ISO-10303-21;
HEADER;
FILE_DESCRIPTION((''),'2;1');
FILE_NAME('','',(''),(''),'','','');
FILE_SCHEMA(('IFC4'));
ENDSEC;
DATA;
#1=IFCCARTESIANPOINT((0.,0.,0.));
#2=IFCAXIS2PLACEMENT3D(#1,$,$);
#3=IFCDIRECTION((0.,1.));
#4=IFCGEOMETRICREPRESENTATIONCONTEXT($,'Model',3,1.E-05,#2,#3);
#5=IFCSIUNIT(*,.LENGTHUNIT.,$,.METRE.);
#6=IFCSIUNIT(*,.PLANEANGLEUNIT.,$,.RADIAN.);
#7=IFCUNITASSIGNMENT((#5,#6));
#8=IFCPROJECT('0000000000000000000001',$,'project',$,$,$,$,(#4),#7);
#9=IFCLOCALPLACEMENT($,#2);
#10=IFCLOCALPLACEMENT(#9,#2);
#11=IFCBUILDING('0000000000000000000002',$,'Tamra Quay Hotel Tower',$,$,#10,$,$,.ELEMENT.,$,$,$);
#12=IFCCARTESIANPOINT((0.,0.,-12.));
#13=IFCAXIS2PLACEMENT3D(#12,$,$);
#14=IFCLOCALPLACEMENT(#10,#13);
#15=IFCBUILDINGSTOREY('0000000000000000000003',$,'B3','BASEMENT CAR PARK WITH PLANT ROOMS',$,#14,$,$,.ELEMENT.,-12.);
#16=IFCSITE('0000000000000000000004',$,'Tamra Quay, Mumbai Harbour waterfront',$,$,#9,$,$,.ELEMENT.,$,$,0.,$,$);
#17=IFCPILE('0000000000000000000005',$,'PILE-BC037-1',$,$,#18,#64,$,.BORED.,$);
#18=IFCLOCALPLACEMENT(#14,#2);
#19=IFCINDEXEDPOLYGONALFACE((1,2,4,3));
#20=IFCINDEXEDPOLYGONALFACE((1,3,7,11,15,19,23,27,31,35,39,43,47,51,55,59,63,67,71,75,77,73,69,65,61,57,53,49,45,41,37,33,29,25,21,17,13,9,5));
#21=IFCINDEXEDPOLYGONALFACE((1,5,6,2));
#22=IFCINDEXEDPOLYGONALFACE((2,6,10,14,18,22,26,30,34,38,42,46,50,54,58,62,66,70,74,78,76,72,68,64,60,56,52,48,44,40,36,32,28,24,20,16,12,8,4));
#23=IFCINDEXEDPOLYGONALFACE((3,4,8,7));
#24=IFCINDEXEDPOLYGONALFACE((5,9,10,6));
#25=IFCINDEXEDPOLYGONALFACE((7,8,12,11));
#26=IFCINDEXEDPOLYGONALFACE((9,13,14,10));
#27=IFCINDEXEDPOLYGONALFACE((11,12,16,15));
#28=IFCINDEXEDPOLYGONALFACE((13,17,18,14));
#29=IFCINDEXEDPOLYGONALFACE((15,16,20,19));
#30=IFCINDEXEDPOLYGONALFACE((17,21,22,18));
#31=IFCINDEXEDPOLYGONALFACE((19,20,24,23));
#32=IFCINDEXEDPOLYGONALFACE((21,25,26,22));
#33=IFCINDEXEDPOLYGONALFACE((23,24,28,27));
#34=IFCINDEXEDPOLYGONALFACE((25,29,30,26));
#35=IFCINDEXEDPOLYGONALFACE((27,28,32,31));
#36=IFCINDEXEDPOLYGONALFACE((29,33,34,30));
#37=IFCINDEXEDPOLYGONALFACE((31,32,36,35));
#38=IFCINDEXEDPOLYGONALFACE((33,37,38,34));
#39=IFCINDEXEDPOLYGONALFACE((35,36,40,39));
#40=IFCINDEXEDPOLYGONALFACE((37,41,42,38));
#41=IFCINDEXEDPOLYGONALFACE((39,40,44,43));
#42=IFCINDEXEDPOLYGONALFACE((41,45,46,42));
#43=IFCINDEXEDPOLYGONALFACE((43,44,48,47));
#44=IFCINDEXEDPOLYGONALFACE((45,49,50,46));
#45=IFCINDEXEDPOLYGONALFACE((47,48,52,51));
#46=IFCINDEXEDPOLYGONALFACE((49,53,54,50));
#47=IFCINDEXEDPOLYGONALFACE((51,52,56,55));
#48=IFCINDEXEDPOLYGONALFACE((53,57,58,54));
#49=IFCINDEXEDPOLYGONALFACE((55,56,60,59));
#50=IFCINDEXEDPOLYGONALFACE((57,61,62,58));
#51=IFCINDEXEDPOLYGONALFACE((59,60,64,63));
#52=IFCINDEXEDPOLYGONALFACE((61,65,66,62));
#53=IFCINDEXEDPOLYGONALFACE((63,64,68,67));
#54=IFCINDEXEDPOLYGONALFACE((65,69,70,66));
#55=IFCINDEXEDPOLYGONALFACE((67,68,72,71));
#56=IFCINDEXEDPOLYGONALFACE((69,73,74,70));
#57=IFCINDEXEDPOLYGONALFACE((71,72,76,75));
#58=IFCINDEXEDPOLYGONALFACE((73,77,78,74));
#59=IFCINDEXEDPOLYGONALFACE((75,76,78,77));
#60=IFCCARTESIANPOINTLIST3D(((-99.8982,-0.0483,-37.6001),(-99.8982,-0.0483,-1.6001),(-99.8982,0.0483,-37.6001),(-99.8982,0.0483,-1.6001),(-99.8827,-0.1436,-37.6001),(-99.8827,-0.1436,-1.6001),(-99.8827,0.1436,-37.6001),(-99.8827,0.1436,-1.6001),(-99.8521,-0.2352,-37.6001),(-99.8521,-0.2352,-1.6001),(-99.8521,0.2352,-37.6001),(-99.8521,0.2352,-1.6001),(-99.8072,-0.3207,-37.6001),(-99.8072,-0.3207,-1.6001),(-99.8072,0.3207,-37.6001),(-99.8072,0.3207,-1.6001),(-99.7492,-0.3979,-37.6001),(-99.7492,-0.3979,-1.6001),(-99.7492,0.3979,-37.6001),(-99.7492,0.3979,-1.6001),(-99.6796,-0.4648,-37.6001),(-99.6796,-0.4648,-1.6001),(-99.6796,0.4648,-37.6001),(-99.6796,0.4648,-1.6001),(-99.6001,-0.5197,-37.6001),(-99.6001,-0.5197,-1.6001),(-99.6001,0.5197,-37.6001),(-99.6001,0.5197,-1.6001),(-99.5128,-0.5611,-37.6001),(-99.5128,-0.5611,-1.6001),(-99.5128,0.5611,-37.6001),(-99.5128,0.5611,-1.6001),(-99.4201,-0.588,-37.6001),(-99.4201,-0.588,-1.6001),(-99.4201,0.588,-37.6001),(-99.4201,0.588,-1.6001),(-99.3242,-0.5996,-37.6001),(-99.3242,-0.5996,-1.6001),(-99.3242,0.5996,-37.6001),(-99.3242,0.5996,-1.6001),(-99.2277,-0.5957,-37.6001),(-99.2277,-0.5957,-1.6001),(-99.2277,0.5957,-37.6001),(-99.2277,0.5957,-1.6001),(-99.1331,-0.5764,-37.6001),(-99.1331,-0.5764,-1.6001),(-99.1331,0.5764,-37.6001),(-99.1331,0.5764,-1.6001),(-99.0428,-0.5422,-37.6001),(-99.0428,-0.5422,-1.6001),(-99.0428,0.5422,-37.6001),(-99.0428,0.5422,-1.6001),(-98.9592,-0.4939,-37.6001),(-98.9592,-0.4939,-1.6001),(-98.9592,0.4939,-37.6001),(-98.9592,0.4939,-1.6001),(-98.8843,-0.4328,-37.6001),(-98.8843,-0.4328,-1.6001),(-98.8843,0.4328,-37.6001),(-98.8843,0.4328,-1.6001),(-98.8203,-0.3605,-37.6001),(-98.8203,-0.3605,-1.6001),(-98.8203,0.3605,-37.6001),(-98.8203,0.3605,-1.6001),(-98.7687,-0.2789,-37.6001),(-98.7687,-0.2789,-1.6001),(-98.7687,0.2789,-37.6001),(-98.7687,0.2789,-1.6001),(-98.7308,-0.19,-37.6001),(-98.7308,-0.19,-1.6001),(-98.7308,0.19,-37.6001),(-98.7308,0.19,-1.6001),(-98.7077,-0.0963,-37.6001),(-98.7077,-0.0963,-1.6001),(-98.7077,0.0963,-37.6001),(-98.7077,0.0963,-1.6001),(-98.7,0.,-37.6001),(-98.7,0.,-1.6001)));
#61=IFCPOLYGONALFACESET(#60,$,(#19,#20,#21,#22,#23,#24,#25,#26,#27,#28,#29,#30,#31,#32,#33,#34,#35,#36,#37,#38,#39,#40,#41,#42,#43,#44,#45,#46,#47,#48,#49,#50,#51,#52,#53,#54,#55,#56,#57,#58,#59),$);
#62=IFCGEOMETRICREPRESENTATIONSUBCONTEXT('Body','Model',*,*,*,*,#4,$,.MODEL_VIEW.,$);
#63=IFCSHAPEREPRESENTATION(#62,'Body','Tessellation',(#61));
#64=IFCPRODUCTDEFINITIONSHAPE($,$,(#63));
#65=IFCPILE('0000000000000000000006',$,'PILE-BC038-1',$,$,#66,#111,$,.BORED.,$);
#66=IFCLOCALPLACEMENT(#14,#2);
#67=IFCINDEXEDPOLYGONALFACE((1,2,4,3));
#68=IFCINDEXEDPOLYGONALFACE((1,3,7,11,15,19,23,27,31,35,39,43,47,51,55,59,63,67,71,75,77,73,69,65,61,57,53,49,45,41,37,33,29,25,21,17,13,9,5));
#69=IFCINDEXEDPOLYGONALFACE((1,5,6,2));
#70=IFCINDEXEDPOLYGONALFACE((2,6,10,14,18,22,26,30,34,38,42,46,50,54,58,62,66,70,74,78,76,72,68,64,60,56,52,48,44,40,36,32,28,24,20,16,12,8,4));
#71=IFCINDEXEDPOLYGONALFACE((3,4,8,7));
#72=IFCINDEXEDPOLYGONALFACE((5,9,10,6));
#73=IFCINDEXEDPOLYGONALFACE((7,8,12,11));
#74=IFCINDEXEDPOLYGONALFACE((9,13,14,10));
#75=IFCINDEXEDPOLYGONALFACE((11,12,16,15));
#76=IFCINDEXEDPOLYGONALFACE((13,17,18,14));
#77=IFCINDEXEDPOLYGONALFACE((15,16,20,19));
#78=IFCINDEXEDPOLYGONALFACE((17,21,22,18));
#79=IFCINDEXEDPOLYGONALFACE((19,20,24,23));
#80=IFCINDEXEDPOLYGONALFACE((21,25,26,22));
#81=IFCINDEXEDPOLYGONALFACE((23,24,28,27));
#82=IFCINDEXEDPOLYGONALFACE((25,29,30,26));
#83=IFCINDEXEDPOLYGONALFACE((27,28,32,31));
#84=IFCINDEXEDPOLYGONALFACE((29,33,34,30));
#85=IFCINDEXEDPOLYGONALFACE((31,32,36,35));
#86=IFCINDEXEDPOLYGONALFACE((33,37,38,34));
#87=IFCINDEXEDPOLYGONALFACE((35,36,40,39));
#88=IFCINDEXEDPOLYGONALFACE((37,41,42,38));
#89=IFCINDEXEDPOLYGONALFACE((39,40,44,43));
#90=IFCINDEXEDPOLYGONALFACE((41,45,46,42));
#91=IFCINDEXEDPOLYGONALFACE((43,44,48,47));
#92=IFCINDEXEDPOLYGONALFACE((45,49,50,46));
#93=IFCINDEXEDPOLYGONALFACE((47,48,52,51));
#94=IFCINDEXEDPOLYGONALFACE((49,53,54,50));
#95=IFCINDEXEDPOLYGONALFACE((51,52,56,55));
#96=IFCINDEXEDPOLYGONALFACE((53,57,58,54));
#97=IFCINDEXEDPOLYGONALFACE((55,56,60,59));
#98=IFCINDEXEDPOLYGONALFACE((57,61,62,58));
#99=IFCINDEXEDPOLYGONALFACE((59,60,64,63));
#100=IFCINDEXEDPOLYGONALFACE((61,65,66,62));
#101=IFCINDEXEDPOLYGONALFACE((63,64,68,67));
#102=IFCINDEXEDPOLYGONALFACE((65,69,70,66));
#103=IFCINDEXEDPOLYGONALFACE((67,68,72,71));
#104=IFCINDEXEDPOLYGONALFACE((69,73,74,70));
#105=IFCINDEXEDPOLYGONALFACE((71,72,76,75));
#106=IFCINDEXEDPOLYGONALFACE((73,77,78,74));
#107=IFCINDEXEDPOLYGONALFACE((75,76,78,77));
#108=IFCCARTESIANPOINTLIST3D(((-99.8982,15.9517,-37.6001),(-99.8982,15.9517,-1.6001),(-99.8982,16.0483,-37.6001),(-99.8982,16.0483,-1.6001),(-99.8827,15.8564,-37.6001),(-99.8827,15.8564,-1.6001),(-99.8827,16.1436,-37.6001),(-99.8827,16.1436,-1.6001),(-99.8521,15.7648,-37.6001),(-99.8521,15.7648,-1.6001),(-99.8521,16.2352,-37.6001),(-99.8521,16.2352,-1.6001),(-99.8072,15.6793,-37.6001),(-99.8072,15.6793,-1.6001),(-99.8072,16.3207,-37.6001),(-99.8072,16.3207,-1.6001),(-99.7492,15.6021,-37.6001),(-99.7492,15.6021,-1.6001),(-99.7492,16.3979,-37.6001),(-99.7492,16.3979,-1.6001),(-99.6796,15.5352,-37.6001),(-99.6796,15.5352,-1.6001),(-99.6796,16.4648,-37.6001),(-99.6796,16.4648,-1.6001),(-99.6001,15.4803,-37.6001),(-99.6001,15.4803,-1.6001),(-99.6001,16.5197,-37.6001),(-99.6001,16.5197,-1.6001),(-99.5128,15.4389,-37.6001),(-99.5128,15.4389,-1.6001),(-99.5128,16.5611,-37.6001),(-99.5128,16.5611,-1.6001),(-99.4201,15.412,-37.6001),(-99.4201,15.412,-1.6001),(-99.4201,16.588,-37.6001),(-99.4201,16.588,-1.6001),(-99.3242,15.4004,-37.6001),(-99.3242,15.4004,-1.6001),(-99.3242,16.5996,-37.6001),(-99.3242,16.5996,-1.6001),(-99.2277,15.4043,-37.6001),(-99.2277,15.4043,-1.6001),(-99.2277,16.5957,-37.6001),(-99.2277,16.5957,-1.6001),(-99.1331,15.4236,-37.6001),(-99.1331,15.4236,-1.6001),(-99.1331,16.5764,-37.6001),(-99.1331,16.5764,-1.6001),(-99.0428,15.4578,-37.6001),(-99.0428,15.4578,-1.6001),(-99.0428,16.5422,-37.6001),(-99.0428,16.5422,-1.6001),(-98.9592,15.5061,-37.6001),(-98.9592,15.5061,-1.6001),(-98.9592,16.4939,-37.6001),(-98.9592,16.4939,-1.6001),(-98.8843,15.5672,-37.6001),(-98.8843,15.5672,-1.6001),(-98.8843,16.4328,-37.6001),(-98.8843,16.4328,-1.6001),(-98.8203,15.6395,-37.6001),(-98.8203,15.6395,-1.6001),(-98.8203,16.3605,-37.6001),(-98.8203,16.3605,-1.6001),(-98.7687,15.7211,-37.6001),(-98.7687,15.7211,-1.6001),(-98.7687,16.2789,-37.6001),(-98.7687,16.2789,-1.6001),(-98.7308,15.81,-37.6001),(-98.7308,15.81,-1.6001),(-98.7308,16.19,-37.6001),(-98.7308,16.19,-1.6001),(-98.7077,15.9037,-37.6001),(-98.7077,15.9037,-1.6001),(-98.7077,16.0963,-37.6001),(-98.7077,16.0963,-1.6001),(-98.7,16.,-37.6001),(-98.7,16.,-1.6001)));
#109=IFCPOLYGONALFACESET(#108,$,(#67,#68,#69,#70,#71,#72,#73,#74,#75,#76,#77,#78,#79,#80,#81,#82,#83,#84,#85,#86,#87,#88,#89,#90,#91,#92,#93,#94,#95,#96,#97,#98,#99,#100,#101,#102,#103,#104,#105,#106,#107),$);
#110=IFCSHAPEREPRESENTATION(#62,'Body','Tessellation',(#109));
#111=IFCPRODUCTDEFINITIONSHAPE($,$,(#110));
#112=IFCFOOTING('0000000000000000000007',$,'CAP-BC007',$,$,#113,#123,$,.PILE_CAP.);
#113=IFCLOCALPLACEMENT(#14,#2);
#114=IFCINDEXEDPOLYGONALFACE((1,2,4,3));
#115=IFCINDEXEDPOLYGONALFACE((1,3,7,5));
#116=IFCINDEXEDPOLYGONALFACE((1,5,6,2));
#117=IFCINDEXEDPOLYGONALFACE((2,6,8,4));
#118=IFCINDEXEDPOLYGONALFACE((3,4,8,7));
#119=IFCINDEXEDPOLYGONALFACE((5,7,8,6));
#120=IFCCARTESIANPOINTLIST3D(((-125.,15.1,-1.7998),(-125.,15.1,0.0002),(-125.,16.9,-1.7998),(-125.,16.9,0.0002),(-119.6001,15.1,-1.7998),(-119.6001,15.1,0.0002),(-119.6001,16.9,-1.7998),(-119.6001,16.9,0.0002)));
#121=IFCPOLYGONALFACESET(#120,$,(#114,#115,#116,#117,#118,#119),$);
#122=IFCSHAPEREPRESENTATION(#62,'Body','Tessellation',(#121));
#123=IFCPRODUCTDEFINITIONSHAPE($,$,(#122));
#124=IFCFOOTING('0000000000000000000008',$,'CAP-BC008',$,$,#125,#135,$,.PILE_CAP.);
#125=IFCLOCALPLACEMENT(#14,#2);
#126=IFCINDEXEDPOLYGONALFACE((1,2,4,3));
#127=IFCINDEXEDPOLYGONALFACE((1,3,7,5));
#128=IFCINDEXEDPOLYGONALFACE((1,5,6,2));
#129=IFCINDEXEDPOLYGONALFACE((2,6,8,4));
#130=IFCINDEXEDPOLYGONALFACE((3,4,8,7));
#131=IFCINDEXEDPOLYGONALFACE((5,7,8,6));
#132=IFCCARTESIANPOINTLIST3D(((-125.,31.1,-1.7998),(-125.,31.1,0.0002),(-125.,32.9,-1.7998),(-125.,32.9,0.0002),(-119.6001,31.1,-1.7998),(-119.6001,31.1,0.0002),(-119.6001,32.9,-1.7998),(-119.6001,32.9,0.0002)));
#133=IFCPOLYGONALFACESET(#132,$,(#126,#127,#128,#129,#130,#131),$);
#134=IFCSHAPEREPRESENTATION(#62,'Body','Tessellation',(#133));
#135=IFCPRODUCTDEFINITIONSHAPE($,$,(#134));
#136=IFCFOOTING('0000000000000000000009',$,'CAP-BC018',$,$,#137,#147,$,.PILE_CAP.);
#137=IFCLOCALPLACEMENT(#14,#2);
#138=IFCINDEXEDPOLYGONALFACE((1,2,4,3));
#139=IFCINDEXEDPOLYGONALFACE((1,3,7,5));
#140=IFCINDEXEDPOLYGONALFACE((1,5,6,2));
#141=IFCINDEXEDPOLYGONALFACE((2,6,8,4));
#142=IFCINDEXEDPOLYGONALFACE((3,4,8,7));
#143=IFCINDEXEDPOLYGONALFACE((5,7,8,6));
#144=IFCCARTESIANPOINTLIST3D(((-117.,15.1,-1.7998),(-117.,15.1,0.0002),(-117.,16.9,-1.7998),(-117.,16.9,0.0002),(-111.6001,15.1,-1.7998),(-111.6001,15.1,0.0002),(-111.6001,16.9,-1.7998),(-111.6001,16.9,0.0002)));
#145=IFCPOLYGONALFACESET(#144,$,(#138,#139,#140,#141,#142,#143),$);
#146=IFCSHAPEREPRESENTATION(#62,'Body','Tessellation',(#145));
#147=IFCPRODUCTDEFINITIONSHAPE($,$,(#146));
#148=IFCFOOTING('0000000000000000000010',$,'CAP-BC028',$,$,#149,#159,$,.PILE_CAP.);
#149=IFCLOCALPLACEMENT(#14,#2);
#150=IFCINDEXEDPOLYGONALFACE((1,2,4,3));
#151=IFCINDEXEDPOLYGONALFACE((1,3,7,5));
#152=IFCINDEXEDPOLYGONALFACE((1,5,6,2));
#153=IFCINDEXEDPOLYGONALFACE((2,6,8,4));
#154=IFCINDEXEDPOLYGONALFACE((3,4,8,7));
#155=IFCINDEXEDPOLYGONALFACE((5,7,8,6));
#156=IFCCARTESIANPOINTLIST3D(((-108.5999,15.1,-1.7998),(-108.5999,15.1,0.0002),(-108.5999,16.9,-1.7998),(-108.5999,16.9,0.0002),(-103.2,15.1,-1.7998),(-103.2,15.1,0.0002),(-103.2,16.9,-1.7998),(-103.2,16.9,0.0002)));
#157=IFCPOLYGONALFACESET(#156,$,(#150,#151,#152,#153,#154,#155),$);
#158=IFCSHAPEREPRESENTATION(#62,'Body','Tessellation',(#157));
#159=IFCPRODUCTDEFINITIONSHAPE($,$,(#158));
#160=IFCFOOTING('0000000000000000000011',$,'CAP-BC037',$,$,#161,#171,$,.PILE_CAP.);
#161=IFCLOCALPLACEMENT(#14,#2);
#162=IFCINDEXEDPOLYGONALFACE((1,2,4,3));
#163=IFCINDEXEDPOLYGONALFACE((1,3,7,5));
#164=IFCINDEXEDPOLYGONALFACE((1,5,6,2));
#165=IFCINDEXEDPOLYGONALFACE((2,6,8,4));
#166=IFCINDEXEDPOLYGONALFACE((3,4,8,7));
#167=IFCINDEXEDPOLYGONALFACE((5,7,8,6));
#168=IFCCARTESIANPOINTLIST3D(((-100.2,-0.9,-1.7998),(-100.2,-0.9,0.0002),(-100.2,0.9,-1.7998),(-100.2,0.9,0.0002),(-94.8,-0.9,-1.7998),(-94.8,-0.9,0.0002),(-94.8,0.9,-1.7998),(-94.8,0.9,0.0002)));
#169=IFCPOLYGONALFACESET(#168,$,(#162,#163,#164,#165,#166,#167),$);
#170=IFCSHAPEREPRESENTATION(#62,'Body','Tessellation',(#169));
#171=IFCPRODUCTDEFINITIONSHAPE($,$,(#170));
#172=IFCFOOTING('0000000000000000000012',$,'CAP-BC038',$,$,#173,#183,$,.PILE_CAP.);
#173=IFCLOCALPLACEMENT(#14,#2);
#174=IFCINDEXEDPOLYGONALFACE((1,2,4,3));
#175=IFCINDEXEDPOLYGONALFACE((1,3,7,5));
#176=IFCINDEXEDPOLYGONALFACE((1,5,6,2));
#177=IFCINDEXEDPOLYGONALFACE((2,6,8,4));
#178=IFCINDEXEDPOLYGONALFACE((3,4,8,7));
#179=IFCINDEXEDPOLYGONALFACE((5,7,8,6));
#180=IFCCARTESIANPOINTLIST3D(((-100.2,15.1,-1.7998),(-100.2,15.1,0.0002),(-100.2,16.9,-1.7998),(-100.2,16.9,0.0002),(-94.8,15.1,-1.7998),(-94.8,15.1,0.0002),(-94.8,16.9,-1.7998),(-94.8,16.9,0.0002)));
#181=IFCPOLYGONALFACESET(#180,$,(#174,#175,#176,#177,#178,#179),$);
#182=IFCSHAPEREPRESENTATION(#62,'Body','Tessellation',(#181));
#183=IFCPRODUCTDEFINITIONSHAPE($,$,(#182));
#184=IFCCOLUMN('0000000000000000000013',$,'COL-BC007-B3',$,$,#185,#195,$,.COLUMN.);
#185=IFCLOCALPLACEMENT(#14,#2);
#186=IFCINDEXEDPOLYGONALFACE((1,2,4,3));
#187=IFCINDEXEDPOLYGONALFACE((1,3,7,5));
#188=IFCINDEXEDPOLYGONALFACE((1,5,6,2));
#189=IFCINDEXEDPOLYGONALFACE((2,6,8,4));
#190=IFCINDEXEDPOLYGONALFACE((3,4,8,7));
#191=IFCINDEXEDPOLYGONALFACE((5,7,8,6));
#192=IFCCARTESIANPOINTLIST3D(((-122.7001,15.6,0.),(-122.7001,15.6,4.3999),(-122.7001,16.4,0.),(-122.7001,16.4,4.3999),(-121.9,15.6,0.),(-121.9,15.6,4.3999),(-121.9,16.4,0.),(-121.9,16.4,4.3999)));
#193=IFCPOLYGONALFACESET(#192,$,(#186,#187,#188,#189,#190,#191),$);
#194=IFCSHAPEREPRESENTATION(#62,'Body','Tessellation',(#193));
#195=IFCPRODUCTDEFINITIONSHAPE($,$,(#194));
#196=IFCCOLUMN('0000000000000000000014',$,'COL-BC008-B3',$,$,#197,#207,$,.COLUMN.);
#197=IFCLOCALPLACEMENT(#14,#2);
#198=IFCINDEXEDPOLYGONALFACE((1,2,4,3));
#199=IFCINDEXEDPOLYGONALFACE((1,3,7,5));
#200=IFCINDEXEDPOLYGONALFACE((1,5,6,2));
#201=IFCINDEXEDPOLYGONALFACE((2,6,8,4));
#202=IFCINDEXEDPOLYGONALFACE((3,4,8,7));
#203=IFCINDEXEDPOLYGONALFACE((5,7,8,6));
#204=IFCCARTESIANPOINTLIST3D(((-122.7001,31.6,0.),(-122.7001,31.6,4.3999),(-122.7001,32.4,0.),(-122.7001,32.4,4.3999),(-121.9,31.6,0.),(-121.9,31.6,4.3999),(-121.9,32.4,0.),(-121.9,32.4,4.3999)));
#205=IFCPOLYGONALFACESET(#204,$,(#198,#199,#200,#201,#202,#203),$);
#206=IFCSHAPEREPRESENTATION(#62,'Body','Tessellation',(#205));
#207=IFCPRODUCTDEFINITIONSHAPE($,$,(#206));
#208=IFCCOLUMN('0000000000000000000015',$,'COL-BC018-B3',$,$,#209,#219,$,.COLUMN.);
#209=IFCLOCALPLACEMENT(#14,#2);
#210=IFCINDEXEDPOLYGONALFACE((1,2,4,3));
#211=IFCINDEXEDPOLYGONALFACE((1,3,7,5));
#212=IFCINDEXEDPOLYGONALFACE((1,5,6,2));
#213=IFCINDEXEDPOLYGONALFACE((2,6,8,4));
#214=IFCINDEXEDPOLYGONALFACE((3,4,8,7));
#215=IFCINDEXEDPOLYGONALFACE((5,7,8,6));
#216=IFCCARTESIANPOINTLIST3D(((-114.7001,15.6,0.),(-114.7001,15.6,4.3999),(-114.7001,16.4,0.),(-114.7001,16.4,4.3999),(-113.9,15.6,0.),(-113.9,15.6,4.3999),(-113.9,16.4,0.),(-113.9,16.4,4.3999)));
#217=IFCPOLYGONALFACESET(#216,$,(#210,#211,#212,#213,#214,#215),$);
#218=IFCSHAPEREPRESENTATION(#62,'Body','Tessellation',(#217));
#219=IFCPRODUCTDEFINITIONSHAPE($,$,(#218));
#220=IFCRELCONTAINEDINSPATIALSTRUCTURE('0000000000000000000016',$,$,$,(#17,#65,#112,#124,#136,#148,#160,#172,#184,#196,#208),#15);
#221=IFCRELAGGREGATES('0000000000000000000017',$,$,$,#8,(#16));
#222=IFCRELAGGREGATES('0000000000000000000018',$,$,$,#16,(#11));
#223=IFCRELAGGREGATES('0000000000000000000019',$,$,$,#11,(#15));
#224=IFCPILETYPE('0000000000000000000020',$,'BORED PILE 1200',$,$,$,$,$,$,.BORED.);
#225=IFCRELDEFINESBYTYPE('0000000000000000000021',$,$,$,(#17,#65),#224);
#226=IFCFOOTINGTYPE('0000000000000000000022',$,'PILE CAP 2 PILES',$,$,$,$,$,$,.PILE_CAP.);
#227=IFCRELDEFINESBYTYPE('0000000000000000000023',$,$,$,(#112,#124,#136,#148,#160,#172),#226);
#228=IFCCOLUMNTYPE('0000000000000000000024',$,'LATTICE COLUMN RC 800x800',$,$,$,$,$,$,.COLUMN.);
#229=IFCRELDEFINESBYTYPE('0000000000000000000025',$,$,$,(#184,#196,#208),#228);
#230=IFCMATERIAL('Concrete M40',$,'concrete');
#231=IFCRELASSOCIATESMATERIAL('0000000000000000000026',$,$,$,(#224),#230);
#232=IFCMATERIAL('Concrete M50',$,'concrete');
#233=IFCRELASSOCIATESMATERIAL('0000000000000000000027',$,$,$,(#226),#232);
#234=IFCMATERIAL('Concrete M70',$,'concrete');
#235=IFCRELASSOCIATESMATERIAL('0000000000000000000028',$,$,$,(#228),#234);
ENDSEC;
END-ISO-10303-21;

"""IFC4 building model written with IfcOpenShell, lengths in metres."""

from ifc_helpers import new_model, si_unit, direction, frame, origin, origin_2d, place, context, subcontext, project, spatial, rectangle, circle, extrude, material, material_profile, profile_set, type_object, element, save


model = new_model("IFC4")

# Units and contexts
model_context = context("Model", 3, precision=1e-05, world=origin(), true_north=direction((0.0, 1.0)))
body_context = subcontext(model_context, "Body", "Model", "MODEL_VIEW")
ifc_project = project(units=[si_unit("LENGTHUNIT", "METRE"), si_unit("PLANEANGLEUNIT", "RADIAN")], contexts=[model_context])

# Site, building, storey
site_placement = place(None, origin())
site = spatial("IfcSite", under=ifc_project, at=site_placement, Name="Tamra Quay, Mumbai Harbour waterfront", CompositionType="ELEMENT", RefElevation=0.0)
building_placement = place(site_placement, origin())
building = spatial("IfcBuilding", under=site, at=building_placement, Name="Tamra Quay Hotel Tower", CompositionType="ELEMENT")
storey_placement = place(building_placement, frame((0.0, 0.0, -12.0)))
storey = spatial("IfcBuildingStorey", under=building, at=storey_placement, Name="B3", Description="BASEMENT CAR PARK WITH PLANT ROOMS", CompositionType="ELEMENT", Elevation=-12.0)

# Piles
ifc_material_1 = material(Name="Concrete M40", Category="concrete")
ifc_material_profile_1 = material_profile(ifc_material_1, circle(Radius=0.6001, at=origin_2d()), Name="BORED PILE 1200")
ifc_profile_set_1 = profile_set([ifc_material_profile_1], Name="Concrete M40")
pile_type = type_object("IfcPileType", Name="BORED PILE 1200", PredefinedType="BORED", material=ifc_profile_set_1)
for number, where, z_axis, x_axis, name in (
    (1, (-99.3, 0.0, -1.6001), (0.0, 0.0, -1.0), (1.0, 0.0, 0.0), "PILE-BC037-1"),
    (2, (-99.3, 16.0, -1.6001), (0.0, 0.0, -1.0), (1.0, 0.0, 0.0), "PILE-BC038-1"),
):
    element("IfcPile", number, at=place(storey_placement, frame(where, z_axis=z_axis, x_axis=x_axis)), inside=storey, type_object=pile_type, Name=name, PredefinedType="BORED", context=body_context, shape_type="SweptSolid", body=[
        extrude(circle(Radius=0.6001, at=origin_2d()), origin(), (0.0, 0.0, 1.0), 36.0),
    ])

# Footings
ifc_material_2 = material(Name="Concrete M50", Category="concrete")
footing_type = type_object("IfcFootingType", Name="PILE CAP 2 PILES", PredefinedType="PILE_CAP", material=ifc_material_2)
for number, where, z_axis, x_axis, name in (
    (3, (-122.3, 16.0, -1.7998), (0.0, 0.0, 1.0), (1.0, 0.0, 0.0), "CAP-BC007"),
    (4, (-122.3, 32.0, -1.7998), (0.0, 0.0, 1.0), (1.0, 0.0, 0.0), "CAP-BC008"),
    (5, (-114.3, 16.0, -1.7998), (0.0, 0.0, 1.0), (1.0, 0.0, 0.0), "CAP-BC018"),
    (6, (-105.8999, 16.0, -1.7998), (0.0, 0.0, 1.0), (1.0, 0.0, 0.0), "CAP-BC028"),
    (7, (-97.5, 0.0, -1.7998), (0.0, 0.0, 1.0), (1.0, 0.0, 0.0), "CAP-BC037"),
    (8, (-97.5, 16.0, -1.7998), (0.0, 0.0, 1.0), (1.0, 0.0, 0.0), "CAP-BC038"),
):
    element("IfcFooting", number, at=place(storey_placement, frame(where, z_axis=z_axis, x_axis=x_axis)), inside=storey, type_object=footing_type, Name=name, PredefinedType="PILE_CAP", context=body_context, shape_type="SweptSolid", body=[
        extrude(rectangle(XDim=5.3999, YDim=1.8, at=origin_2d()), origin(), (0.0, 0.0, 1.0), 1.8),
    ])

# Columns
ifc_material_3 = material(Name="Concrete M70", Category="concrete")
ifc_material_profile_2 = material_profile(ifc_material_3, rectangle(XDim=0.8, YDim=0.8, at=origin_2d()), Name="LATTICE COLUMN RC 800x800")
ifc_profile_set_2 = profile_set([ifc_material_profile_2], Name="Concrete M70")
column_type = type_object("IfcColumnType", Name="LATTICE COLUMN RC 800x800", PredefinedType="COLUMN", material=ifc_profile_set_2)
for number, where, z_axis, x_axis, name in (
    (9, (-122.3, 16.0, 0.0), (0.0, 0.0, 1.0), (1.0, 0.0, 0.0), "COL-BC007-B3"),
    (10, (-122.3, 32.0, 0.0), (0.0, 0.0, 1.0), (1.0, 0.0, 0.0), "COL-BC008-B3"),
    (11, (-114.3, 16.0, 0.0), (0.0, 0.0, 1.0), (1.0, 0.0, 0.0), "COL-BC018-B3"),
):
    element("IfcColumn", number, at=place(storey_placement, frame(where, z_axis=z_axis, x_axis=x_axis)), inside=storey, type_object=column_type, Name=name, PredefinedType="COLUMN", context=body_context, shape_type="SweptSolid", body=[
        extrude(rectangle(XDim=0.8, YDim=0.8, at=origin_2d()), origin(), (0.0, 0.0, 1.0), 4.3999),
    ])

save(model, "model.ifc")
